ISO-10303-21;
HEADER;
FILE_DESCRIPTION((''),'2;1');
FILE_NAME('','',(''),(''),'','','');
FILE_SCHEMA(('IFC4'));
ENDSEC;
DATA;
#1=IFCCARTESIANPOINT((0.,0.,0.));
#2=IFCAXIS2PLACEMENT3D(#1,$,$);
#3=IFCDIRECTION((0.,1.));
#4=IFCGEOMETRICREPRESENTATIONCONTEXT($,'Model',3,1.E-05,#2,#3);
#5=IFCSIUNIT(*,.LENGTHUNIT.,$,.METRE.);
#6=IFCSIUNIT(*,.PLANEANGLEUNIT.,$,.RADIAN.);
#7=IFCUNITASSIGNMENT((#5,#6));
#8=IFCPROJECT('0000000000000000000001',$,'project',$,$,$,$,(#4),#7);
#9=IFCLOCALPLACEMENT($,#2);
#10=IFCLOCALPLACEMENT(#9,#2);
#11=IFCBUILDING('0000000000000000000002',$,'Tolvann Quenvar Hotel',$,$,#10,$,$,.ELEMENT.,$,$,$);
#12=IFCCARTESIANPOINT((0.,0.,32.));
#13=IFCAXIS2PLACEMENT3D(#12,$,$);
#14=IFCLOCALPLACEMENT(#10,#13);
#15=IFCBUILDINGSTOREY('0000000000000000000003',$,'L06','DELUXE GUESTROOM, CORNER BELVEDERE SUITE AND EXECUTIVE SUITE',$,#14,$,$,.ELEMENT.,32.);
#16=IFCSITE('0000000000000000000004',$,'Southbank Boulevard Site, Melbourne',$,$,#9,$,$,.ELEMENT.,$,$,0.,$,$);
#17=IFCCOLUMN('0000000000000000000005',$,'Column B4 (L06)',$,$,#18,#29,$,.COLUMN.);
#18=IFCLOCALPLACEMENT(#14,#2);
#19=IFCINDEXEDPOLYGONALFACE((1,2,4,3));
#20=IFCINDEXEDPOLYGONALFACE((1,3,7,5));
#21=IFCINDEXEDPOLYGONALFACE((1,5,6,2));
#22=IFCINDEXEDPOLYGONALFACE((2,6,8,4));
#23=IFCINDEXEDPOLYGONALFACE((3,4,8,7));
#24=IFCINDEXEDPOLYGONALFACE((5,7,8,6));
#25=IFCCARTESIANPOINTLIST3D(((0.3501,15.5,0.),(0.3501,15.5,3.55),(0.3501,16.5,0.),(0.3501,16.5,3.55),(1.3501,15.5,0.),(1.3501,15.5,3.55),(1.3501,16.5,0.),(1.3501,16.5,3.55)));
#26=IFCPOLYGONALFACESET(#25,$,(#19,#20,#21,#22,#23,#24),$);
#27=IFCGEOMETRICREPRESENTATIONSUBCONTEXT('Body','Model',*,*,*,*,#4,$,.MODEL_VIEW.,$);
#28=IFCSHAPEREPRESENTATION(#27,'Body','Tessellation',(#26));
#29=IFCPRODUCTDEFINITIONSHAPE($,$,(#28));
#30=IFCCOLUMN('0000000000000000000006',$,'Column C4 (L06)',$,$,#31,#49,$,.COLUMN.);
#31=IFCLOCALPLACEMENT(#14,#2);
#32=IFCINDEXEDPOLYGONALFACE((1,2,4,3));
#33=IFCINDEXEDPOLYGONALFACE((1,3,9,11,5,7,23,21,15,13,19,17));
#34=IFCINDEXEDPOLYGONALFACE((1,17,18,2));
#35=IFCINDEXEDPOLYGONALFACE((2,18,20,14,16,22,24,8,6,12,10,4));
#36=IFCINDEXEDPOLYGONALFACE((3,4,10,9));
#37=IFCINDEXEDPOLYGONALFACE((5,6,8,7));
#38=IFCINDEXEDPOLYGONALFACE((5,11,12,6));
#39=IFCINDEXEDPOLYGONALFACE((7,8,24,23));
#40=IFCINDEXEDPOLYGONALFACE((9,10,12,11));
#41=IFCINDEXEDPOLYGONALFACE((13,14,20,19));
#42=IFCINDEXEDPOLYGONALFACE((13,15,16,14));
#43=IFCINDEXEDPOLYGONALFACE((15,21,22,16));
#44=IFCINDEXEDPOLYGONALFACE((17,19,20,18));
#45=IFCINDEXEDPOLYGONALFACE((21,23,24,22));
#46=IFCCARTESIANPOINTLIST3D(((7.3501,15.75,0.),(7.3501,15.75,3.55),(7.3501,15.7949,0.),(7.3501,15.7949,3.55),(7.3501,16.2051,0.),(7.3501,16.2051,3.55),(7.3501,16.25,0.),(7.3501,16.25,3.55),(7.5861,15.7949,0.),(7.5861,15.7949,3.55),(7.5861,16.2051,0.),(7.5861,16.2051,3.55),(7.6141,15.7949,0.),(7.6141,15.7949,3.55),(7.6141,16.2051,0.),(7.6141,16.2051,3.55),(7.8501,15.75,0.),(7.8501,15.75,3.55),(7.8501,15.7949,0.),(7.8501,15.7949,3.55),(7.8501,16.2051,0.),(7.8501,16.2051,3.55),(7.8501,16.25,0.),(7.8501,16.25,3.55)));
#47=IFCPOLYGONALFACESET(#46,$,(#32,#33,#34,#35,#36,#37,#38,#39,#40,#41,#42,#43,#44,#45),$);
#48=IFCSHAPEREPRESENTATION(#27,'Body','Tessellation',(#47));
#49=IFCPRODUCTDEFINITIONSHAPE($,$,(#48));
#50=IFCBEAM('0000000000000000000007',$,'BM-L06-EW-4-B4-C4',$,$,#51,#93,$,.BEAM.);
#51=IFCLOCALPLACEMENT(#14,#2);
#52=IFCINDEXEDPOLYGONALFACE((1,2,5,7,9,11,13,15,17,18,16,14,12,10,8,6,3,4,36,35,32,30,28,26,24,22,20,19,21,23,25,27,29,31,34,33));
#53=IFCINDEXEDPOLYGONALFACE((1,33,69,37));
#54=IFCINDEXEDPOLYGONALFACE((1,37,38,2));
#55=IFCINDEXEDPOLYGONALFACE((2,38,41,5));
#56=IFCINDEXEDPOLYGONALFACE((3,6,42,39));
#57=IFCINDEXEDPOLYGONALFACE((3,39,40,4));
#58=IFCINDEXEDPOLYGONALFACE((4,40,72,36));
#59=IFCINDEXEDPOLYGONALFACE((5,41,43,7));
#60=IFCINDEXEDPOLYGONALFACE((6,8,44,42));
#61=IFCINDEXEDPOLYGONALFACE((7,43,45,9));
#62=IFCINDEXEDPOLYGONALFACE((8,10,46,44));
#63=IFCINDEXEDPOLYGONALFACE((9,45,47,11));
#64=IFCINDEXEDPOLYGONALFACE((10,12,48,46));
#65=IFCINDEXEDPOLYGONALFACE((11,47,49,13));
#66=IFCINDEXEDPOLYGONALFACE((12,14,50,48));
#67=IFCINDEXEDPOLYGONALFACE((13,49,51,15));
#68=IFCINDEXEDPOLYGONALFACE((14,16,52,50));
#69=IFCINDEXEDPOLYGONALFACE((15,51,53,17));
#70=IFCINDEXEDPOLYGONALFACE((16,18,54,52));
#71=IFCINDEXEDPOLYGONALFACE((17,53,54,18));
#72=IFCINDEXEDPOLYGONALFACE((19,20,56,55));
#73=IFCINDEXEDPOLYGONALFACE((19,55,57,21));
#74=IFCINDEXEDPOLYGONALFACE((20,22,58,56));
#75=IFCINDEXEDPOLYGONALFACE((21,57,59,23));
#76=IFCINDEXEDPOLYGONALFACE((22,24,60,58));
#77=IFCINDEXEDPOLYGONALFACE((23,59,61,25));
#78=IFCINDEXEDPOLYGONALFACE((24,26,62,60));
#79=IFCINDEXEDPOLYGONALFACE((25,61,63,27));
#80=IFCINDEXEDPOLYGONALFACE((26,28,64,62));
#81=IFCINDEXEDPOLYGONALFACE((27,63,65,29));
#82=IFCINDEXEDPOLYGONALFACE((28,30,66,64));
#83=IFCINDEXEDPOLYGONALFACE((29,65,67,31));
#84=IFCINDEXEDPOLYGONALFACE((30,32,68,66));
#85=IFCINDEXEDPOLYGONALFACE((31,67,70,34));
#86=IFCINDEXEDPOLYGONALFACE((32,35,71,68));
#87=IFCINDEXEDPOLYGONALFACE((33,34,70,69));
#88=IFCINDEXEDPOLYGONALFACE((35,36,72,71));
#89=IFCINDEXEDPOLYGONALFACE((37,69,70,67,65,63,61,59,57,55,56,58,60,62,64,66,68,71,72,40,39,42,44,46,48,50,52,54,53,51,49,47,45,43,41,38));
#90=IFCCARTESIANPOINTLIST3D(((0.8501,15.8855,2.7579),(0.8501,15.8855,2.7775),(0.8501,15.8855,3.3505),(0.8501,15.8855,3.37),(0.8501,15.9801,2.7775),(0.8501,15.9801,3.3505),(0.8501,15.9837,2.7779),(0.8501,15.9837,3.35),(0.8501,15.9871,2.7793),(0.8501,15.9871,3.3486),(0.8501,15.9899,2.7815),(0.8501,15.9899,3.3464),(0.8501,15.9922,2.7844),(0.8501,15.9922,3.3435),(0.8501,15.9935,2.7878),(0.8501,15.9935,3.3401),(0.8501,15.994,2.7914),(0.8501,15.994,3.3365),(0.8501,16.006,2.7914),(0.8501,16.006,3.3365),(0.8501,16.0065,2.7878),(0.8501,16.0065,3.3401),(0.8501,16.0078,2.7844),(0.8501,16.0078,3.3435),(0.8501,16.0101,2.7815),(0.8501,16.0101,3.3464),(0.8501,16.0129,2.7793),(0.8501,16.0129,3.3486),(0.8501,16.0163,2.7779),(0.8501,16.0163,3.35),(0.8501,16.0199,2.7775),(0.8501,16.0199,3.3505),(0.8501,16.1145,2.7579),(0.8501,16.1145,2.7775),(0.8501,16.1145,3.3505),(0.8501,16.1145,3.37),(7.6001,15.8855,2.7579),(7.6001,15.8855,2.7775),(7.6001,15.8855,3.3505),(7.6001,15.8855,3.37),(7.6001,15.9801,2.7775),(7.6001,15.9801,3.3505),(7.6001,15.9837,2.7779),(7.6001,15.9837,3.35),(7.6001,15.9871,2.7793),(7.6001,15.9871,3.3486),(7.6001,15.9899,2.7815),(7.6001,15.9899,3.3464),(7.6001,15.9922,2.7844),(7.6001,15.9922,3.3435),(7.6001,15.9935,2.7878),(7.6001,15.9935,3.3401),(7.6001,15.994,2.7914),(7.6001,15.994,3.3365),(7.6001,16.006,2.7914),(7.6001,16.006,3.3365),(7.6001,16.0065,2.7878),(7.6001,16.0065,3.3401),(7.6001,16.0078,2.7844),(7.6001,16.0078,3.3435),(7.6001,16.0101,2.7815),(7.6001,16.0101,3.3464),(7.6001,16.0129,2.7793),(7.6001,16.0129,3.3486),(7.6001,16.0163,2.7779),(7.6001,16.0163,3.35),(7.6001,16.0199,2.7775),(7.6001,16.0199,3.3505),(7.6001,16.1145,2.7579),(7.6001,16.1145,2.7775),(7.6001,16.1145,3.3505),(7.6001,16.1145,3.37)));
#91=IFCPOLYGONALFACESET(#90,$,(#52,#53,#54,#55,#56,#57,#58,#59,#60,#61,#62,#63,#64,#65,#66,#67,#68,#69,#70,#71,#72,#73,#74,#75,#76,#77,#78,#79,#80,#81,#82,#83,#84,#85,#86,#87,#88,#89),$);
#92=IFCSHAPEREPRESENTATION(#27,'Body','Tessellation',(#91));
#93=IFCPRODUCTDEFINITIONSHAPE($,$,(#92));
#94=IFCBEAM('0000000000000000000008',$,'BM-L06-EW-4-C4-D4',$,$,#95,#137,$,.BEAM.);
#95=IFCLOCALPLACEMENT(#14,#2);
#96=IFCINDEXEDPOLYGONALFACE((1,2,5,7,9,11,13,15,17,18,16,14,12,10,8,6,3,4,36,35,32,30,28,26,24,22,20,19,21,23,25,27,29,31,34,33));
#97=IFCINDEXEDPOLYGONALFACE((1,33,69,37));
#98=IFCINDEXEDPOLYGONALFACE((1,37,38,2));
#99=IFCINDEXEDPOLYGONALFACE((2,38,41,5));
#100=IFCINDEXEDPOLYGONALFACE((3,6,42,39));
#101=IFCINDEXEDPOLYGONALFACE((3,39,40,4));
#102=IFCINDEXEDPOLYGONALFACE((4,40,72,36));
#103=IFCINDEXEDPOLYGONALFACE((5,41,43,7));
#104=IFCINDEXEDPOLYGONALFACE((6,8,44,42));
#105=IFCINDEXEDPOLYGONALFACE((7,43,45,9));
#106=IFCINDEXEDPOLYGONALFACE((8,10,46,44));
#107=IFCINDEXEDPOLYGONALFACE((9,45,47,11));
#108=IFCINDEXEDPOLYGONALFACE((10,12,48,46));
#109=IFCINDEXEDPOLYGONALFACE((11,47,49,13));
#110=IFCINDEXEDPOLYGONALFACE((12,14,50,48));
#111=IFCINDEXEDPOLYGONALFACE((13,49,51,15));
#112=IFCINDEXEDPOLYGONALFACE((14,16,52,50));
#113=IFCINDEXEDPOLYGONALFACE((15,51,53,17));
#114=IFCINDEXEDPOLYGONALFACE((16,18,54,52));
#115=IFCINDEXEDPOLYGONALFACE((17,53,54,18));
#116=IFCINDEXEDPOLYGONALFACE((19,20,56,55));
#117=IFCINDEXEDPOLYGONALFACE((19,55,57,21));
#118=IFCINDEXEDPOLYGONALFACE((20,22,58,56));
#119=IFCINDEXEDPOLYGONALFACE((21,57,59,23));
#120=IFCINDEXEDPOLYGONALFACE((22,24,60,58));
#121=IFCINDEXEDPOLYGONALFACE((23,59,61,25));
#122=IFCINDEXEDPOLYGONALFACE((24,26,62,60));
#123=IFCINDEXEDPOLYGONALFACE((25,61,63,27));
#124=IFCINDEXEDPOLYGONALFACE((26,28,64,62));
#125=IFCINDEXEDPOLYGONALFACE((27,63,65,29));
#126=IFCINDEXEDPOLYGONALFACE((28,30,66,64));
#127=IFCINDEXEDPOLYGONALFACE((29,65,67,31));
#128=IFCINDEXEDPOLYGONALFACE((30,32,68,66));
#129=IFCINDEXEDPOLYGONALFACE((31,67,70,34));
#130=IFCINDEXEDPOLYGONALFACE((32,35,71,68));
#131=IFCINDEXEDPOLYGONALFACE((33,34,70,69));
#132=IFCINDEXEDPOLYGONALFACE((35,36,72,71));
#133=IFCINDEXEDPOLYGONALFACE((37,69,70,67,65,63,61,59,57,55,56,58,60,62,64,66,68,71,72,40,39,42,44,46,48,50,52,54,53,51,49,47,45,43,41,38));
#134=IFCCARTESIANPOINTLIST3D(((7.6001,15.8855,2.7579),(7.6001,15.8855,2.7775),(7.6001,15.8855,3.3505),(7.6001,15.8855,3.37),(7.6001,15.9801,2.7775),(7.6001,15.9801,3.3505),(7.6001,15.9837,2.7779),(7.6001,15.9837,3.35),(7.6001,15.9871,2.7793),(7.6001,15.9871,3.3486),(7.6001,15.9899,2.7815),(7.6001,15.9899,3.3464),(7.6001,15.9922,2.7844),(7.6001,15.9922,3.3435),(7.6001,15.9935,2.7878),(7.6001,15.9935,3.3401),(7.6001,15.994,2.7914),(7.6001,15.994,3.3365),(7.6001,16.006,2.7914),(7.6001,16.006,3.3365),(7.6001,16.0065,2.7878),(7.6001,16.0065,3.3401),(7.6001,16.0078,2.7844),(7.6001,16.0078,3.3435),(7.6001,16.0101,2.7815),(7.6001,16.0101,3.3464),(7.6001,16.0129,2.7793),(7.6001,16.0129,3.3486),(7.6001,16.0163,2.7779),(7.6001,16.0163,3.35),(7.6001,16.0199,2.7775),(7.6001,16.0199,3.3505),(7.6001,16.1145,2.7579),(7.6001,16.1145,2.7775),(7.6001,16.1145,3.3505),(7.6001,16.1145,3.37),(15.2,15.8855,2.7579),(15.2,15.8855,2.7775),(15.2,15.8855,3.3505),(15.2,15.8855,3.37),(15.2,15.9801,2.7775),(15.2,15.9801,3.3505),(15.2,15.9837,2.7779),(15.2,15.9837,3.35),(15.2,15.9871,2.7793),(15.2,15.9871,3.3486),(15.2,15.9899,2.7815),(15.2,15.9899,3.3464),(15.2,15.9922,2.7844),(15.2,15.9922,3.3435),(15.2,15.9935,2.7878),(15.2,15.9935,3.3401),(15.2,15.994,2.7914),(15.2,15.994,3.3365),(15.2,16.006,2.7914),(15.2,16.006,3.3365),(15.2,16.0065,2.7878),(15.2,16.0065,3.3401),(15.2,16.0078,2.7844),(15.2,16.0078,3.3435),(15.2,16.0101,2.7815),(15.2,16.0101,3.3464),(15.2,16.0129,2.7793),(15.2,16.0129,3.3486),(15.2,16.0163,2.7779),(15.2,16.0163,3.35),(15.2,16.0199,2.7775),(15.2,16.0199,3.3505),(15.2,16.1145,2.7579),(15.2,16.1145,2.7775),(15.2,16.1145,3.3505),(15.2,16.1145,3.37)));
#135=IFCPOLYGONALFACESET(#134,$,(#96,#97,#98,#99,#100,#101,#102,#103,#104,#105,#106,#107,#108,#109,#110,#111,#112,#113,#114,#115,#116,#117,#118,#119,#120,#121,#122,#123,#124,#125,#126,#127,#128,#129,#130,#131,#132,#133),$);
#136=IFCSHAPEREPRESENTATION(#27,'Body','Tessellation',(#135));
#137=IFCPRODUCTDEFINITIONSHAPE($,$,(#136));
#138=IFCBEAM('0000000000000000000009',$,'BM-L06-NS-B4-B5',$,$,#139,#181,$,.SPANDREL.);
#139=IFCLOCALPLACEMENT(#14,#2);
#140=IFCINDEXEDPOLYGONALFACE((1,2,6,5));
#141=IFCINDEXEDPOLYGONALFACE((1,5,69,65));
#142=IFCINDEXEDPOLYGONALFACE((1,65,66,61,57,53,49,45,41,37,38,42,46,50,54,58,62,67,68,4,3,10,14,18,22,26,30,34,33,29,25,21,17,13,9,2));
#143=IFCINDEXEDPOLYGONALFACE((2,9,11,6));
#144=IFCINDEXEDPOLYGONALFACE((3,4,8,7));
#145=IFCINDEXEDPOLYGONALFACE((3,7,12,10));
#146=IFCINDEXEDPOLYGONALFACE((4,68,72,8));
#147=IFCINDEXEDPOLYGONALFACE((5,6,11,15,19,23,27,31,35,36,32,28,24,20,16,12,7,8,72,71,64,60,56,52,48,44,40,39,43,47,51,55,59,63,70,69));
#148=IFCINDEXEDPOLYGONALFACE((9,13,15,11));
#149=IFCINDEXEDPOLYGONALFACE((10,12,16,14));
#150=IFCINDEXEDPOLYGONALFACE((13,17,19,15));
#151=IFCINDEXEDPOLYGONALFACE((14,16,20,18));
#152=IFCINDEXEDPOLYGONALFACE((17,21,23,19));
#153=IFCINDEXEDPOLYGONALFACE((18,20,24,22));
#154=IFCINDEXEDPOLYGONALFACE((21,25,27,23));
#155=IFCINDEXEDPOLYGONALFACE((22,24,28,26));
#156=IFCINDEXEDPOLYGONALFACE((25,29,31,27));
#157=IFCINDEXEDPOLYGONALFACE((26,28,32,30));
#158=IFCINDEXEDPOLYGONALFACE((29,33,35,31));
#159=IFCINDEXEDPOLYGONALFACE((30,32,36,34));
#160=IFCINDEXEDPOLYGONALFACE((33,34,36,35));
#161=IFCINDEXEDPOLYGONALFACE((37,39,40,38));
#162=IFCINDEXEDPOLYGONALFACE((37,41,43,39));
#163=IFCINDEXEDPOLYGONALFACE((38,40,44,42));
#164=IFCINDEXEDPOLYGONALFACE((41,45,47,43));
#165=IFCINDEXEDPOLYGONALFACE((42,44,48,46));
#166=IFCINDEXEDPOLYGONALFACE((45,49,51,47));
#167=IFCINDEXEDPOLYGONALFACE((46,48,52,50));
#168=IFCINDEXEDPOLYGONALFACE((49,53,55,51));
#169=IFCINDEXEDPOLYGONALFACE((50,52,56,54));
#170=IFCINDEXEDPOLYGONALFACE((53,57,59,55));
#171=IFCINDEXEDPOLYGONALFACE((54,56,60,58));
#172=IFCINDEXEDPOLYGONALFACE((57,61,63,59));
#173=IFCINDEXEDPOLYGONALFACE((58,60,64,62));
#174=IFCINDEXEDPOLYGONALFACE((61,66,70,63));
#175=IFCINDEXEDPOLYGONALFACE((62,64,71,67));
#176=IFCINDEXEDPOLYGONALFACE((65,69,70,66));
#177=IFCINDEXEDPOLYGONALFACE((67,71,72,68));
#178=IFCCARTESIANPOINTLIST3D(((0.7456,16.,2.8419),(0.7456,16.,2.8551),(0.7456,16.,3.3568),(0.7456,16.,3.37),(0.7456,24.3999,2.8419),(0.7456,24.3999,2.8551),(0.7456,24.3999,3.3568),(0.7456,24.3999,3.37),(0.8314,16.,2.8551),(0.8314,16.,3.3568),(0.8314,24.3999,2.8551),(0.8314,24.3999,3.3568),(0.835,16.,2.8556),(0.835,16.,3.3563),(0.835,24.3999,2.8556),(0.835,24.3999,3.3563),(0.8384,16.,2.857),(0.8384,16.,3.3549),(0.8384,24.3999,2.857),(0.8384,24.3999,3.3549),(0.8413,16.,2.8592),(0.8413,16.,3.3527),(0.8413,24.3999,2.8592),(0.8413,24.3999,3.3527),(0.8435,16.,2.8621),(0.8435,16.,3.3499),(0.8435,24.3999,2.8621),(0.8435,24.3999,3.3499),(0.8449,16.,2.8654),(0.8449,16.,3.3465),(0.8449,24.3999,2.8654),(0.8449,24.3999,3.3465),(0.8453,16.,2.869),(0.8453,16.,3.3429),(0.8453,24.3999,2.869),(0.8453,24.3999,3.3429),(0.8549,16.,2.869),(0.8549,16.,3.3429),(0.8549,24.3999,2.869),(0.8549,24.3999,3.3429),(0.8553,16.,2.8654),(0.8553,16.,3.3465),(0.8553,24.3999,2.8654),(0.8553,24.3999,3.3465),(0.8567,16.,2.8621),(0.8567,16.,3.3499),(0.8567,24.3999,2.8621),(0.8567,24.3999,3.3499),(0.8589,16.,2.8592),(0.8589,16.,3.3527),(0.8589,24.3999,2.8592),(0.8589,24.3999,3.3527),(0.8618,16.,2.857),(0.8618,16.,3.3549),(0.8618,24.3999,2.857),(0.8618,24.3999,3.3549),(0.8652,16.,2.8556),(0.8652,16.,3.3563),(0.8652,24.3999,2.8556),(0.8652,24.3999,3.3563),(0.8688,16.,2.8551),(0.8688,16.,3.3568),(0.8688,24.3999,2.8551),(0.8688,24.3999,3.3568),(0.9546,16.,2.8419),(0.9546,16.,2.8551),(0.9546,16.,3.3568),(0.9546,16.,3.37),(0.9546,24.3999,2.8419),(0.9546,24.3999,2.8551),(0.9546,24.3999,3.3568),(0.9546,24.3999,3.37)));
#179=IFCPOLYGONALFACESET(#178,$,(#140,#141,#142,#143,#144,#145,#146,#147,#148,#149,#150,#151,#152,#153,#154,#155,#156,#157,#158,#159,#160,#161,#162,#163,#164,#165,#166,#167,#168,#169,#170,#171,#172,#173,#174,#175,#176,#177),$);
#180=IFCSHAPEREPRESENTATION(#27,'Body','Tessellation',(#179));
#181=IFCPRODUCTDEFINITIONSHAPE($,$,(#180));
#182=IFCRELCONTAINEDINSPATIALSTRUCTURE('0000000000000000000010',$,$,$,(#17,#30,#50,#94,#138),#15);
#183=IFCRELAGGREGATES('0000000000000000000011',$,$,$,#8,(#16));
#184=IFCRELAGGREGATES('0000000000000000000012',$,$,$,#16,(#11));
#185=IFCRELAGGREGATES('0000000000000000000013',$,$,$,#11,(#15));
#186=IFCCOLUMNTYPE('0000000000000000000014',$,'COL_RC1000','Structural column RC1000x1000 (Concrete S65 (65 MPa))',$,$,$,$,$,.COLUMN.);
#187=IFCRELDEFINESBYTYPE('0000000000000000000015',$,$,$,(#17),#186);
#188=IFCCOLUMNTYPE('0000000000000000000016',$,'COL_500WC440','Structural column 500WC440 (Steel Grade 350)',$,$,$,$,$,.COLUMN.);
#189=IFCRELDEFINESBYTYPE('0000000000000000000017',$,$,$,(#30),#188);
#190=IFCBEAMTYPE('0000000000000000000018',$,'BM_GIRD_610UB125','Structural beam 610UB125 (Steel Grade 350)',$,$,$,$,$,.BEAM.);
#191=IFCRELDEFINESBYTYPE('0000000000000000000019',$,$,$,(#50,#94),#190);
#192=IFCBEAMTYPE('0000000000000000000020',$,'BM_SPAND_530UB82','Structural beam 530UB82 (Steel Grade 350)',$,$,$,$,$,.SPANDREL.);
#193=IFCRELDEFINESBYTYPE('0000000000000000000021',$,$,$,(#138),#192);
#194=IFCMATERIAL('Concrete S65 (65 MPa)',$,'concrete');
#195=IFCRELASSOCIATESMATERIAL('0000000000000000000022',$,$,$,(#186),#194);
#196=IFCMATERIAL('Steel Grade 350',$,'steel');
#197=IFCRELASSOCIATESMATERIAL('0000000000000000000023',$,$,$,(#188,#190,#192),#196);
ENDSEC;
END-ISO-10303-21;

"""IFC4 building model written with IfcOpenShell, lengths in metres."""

from ifc_helpers import new_model, si_unit, direction, frame, origin, origin_2d, place, context, subcontext, project, spatial, rectangle, i_section, extrude, source, transform, mapped, material, material_profile, profile_set, type_object, type_shapes, element, save


model = new_model("IFC4")

# Units and contexts
model_context = context("Model", 3, precision=1e-05, world=origin(), true_north=direction((0.0, 1.0)))
body_context = subcontext(model_context, "Body", "Model", "MODEL_VIEW")
ifc_project = project(units=[si_unit("LENGTHUNIT", "METRE"), si_unit("PLANEANGLEUNIT", "RADIAN")], contexts=[model_context])

# Site, building, storey
site_placement = place(None, origin())
site = spatial("IfcSite", under=ifc_project, at=site_placement, Name="Southbank Boulevard Site, Melbourne", CompositionType="ELEMENT", RefElevation=0.0)
building_placement = place(site_placement, origin())
building = spatial("IfcBuilding", under=site, at=building_placement, Name="Tolvann Quenvar Hotel", CompositionType="ELEMENT")
storey_placement = place(building_placement, frame((0.0, 0.0, 32.0)))
storey = spatial("IfcBuildingStorey", under=building, at=storey_placement, Name="L06", Description="DELUXE GUESTROOM, CORNER BELVEDERE SUITE AND EXECUTIVE SUITE", CompositionType="ELEMENT", Elevation=32.0)

# Columns
ifc_material_1 = material(Name="Concrete S65 (65 MPa)", Category="concrete")
ifc_material_profile_1 = material_profile(ifc_material_1, rectangle(XDim=1.0, YDim=1.0, at=origin_2d()), Name="RC1000x1000")
ifc_profile_set_1 = profile_set([ifc_material_profile_1], Name="Concrete S65 (65 MPa)")
column_type_1 = type_object("IfcColumnType", Name="COL_RC1000", Description="Structural column RC1000x1000 (Concrete S65 (65 MPa))", PredefinedType="COLUMN", material=ifc_profile_set_1)
shared_shape_1 = source(origin(), body_context, "Body", "SweptSolid", [
    extrude(rectangle(XDim=1.0, YDim=1.0, at=origin_2d()), origin(), (0.0, 0.0, 1.0), 3.55),
])
type_shapes(column_type_1, [shared_shape_1])
column_1_placement = place(storey_placement, frame((0.8501, 16.0, 0.0), z_axis=(0.0, 0.0, 1.0), x_axis=(1.0, 0.0, 0.0)))
element("IfcColumn", 1, at=column_1_placement, inside=storey, type_object=column_type_1, Name="Column B4 (L06)", PredefinedType="COLUMN", context=body_context, shape_type="MappedRepresentation", body=[
    mapped(shared_shape_1, transform((0.0, 0.0, 0.0), x_axis=(1.0, 0.0, 0.0), y_axis=(0.0, 1.0, 0.0), z_axis=(0.0, 0.0, 1.0), scale=1.0)),
])
ifc_material_2 = material(Name="Steel Grade 350", Category="steel")
ifc_material_profile_2 = material_profile(ifc_material_2, i_section(OverallWidth=0.5, OverallDepth=0.5, WebThickness=0.0281, FlangeThickness=0.0449, at=origin_2d()), Name="500WC440")
ifc_profile_set_2 = profile_set([ifc_material_profile_2], Name="Steel Grade 350")
column_type_2 = type_object("IfcColumnType", Name="COL_500WC440", Description="Structural column 500WC440 (Steel Grade 350)", PredefinedType="COLUMN", material=ifc_profile_set_2)
shared_shape_2 = source(origin(), body_context, "Body", "SweptSolid", [
    extrude(i_section(OverallWidth=0.5, OverallDepth=0.5, WebThickness=0.0281, FlangeThickness=0.0449, at=origin_2d()), origin(), (0.0, 0.0, 1.0), 3.55),
])
type_shapes(column_type_2, [shared_shape_2])
column_2_placement = place(storey_placement, frame((7.6001, 16.0, 0.0), z_axis=(0.0, 0.0, 1.0), x_axis=(1.0, 0.0, 0.0)))
element("IfcColumn", 2, at=column_2_placement, inside=storey, type_object=column_type_2, Name="Column C4 (L06)", PredefinedType="COLUMN", context=body_context, shape_type="MappedRepresentation", body=[
    mapped(shared_shape_2, transform((0.0, 0.0, 0.0), x_axis=(1.0, 0.0, 0.0), y_axis=(0.0, 1.0, 0.0), z_axis=(0.0, 0.0, 1.0), scale=1.0)),
])

# Beams
ifc_material_profile_3 = material_profile(ifc_material_2, i_section(OverallWidth=0.229, OverallDepth=0.6121, WebThickness=0.012, FlangeThickness=0.0195, FilletRadius=0.0139, at=origin_2d()), Name="610UB125")
ifc_profile_set_3 = profile_set([ifc_material_profile_3], Name="Steel Grade 350")
beam_type_1 = type_object("IfcBeamType", Name="BM_GIRD_610UB125", Description="Structural beam 610UB125 (Steel Grade 350)", PredefinedType="BEAM", material=ifc_profile_set_3)
shared_shape_3 = source(origin(), body_context, "Body", "SweptSolid", [
    extrude(i_section(OverallWidth=0.229, OverallDepth=0.6121, WebThickness=0.012, FlangeThickness=0.0195, FilletRadius=0.0139, at=origin_2d()), origin(), (0.0, 0.0, 1.0), 6.75),
])
beam_1_placement = place(storey_placement, frame((0.8501, 16.0, 3.064), z_axis=(1.0, 0.0, 0.0), x_axis=(0.0, 1.0, 0.0)))
element("IfcBeam", 3, at=beam_1_placement, inside=storey, type_object=beam_type_1, Name="BM-L06-EW-4-B4-C4", PredefinedType="BEAM", context=body_context, shape_type="MappedRepresentation", body=[
    mapped(shared_shape_3, transform((0.0, 0.0, 0.0), x_axis=(1.0, 0.0, 0.0), y_axis=(0.0, 1.0, 0.0), z_axis=(0.0, 0.0, 1.0), scale=1.0)),
])
shared_shape_4 = source(origin(), body_context, "Body", "SweptSolid", [
    extrude(i_section(OverallWidth=0.229, OverallDepth=0.6121, WebThickness=0.012, FlangeThickness=0.0195, FilletRadius=0.0139, at=origin_2d()), origin(), (0.0, 0.0, 1.0), 7.5999),
])
type_shapes(beam_type_1, [shared_shape_3, shared_shape_4])
beam_2_placement = place(storey_placement, frame((7.6001, 16.0, 3.064), z_axis=(1.0, 0.0, 0.0), x_axis=(0.0, 1.0, 0.0)))
element("IfcBeam", 4, at=beam_2_placement, inside=storey, type_object=beam_type_1, Name="BM-L06-EW-4-C4-D4", PredefinedType="BEAM", context=body_context, shape_type="MappedRepresentation", body=[
    mapped(shared_shape_4, transform((0.0, 0.0, 0.0), x_axis=(1.0, 0.0, 0.0), y_axis=(0.0, 1.0, 0.0), z_axis=(0.0, 0.0, 1.0), scale=1.0)),
])
ifc_material_profile_4 = material_profile(ifc_material_2, i_section(OverallWidth=0.209, OverallDepth=0.5281, WebThickness=0.0095, FlangeThickness=0.0132, FilletRadius=0.0139, at=origin_2d()), Name="530UB82")
ifc_profile_set_4 = profile_set([ifc_material_profile_4], Name="Steel Grade 350")
beam_type_2 = type_object("IfcBeamType", Name="BM_SPAND_530UB82", Description="Structural beam 530UB82 (Steel Grade 350)", PredefinedType="SPANDREL", material=ifc_profile_set_4)
shared_shape_5 = source(origin(), body_context, "Body", "SweptSolid", [
    extrude(i_section(OverallWidth=0.209, OverallDepth=0.5281, WebThickness=0.0095, FlangeThickness=0.0132, FilletRadius=0.0139, at=origin_2d()), origin(), (0.0, 0.0, 1.0), 8.3999),
])
type_shapes(beam_type_2, [shared_shape_5])
beam_3_placement = place(storey_placement, frame((0.8501, 16.0, 3.106), z_axis=(0.0, 1.0, 0.0), x_axis=(-1.0, 0.0, 0.0)))
element("IfcBeam", 5, at=beam_3_placement, inside=storey, type_object=beam_type_2, Name="BM-L06-NS-B4-B5", PredefinedType="SPANDREL", context=body_context, shape_type="MappedRepresentation", body=[
    mapped(shared_shape_5, transform((0.0, 0.0, 0.0), x_axis=(1.0, 0.0, 0.0), y_axis=(0.0, 1.0, 0.0), z_axis=(0.0, 0.0, 1.0), scale=1.0)),
])

save(model, "model.ifc")
